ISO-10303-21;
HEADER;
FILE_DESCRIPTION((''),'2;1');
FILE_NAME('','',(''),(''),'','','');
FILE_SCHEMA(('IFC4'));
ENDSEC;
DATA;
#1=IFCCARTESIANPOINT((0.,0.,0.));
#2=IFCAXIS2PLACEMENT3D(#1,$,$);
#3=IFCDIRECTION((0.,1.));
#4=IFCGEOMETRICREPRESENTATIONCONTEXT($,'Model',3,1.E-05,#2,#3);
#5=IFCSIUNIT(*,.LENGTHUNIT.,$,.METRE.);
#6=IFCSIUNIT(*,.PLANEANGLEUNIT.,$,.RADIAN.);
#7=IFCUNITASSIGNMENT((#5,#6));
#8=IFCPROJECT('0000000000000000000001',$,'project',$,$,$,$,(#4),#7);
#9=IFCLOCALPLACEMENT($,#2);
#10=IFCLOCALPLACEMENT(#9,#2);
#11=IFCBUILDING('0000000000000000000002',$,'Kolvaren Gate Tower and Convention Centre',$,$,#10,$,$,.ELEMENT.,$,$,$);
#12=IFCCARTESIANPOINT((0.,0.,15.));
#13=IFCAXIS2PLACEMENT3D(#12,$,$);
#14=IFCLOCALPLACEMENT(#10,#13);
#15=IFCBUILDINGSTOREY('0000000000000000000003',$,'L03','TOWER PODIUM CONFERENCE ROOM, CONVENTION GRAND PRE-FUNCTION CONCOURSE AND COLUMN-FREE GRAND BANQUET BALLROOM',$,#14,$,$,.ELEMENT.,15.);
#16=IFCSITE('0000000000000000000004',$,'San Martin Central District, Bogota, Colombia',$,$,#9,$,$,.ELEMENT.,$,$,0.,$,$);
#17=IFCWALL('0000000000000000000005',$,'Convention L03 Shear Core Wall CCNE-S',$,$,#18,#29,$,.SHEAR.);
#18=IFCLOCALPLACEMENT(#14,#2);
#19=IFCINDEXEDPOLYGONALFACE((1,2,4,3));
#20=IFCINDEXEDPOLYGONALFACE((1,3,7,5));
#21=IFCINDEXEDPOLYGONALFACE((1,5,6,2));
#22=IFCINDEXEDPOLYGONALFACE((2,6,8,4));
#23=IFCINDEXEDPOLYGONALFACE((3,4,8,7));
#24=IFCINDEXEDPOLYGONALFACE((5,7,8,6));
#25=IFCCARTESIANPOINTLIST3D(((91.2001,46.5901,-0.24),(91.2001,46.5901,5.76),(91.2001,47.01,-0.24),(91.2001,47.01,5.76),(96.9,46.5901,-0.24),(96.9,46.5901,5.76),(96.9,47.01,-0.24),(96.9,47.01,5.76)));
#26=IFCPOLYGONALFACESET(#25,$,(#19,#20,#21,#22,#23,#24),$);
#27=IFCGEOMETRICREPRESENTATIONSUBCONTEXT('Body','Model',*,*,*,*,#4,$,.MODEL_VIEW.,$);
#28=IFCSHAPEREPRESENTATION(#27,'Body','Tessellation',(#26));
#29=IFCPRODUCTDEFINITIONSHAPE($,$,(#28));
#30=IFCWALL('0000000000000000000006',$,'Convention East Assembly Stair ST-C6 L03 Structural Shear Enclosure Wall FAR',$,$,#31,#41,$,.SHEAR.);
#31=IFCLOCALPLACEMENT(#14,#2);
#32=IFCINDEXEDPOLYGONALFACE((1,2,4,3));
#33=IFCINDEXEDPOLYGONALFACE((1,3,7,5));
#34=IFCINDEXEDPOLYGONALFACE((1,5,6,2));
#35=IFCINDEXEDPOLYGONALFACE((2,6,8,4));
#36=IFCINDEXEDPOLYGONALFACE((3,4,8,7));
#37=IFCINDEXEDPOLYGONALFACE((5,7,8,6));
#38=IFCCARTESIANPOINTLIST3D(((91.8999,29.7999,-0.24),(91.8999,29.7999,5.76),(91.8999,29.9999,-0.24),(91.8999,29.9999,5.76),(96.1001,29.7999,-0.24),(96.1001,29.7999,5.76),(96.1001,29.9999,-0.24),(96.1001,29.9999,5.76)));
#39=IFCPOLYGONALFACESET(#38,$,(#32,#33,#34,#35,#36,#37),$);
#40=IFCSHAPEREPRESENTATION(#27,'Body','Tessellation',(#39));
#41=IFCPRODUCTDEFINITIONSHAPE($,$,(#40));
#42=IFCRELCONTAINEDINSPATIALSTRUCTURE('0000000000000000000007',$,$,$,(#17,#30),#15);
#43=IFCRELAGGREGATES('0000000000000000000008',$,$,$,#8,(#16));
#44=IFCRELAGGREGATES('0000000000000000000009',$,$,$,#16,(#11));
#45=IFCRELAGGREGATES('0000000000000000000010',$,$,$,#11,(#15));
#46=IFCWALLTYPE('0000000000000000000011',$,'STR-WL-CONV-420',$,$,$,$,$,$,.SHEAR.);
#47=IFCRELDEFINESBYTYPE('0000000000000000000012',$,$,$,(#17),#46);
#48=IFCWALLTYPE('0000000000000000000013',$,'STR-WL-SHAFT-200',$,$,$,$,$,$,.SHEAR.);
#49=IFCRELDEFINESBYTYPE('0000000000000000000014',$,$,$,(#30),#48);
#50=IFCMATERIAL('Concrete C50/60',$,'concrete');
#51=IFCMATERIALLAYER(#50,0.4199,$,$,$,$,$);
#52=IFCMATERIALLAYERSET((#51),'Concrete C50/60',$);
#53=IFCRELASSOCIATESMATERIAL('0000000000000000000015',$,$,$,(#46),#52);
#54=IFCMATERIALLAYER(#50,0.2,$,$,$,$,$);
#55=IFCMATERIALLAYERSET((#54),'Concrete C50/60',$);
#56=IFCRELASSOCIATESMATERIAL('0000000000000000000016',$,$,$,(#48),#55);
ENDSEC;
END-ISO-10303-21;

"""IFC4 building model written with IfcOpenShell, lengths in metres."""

from ifc_helpers import new_model, si_unit, direction, frame, frame_2d, origin, place, context, subcontext, project, spatial, rectangle, extrude, material, layer, layer_set, type_object, element, save


model = new_model("IFC4")

# Units and contexts
model_context = context("Model", 3, precision=1e-05, world=origin(), true_north=direction((0.0, 1.0)))
body_context = subcontext(model_context, "Body", "Model", "MODEL_VIEW")
ifc_project = project(units=[si_unit("LENGTHUNIT", "METRE"), si_unit("PLANEANGLEUNIT", "RADIAN")], contexts=[model_context])

# Site, building, storey
site_placement = place(None, origin())
site = spatial("IfcSite", under=ifc_project, at=site_placement, Name="San Martin Central District, Bogota, Colombia", CompositionType="ELEMENT", RefElevation=0.0)
building_placement = place(site_placement, origin())
building = spatial("IfcBuilding", under=site, at=building_placement, Name="Kolvaren Gate Tower and Convention Centre", CompositionType="ELEMENT")
storey_placement = place(building_placement, frame((0.0, 0.0, 15.0)))
storey = spatial("IfcBuildingStorey", under=building, at=storey_placement, Name="L03", Description="TOWER PODIUM CONFERENCE ROOM, CONVENTION GRAND PRE-FUNCTION CONCOURSE AND COLUMN-FREE GRAND BANQUET BALLROOM", CompositionType="ELEMENT", Elevation=15.0)

# Walls
ifc_material_1 = material(Name="Concrete C50/60", Category="concrete")
ifc_layer_1 = layer(ifc_material_1, 0.4199)
ifc_layer_set_1 = layer_set([ifc_layer_1], Name="Concrete C50/60")
wall_type_1 = type_object("IfcWallType", Name="STR-WL-CONV-420", PredefinedType="SHEAR", material=ifc_layer_set_1)
wall_1_placement = place(storey_placement, frame((91.2, 46.8, -0.24), z_axis=(0.0, 0.0, 1.0), x_axis=(1.0, 0.0, 0.0)))
element("IfcWall", 1, at=wall_1_placement, inside=storey, type_object=wall_type_1, Name="Convention L03 Shear Core Wall CCNE-S", PredefinedType="SHEAR", context=body_context, shape_type="SweptSolid", body=[
    extrude(rectangle(XDim=5.7, YDim=0.4199, at=frame_2d((2.8501, 0.0))), origin(), (0.0, 0.0, 1.0), 6.0),
])
ifc_layer_2 = layer(ifc_material_1, 0.2)
ifc_layer_set_2 = layer_set([ifc_layer_2], Name="Concrete C50/60")
wall_type_2 = type_object("IfcWallType", Name="STR-WL-SHAFT-200", PredefinedType="SHEAR", material=ifc_layer_set_2)
wall_2_placement = place(storey_placement, frame((91.8999, 29.8999, -0.24), z_axis=(0.0, 0.0, 1.0), x_axis=(1.0, 0.0, 0.0)))
element("IfcWall", 2, at=wall_2_placement, inside=storey, type_object=wall_type_2, Name="Convention East Assembly Stair ST-C6 L03 Structural Shear Enclosure Wall FAR", PredefinedType="SHEAR", context=body_context, shape_type="SweptSolid", body=[
    extrude(rectangle(XDim=4.2002, YDim=0.2, at=frame_2d((2.1001, 0.0))), origin(), (0.0, 0.0, 1.0), 6.0),
])

save(model, "model.ifc")
